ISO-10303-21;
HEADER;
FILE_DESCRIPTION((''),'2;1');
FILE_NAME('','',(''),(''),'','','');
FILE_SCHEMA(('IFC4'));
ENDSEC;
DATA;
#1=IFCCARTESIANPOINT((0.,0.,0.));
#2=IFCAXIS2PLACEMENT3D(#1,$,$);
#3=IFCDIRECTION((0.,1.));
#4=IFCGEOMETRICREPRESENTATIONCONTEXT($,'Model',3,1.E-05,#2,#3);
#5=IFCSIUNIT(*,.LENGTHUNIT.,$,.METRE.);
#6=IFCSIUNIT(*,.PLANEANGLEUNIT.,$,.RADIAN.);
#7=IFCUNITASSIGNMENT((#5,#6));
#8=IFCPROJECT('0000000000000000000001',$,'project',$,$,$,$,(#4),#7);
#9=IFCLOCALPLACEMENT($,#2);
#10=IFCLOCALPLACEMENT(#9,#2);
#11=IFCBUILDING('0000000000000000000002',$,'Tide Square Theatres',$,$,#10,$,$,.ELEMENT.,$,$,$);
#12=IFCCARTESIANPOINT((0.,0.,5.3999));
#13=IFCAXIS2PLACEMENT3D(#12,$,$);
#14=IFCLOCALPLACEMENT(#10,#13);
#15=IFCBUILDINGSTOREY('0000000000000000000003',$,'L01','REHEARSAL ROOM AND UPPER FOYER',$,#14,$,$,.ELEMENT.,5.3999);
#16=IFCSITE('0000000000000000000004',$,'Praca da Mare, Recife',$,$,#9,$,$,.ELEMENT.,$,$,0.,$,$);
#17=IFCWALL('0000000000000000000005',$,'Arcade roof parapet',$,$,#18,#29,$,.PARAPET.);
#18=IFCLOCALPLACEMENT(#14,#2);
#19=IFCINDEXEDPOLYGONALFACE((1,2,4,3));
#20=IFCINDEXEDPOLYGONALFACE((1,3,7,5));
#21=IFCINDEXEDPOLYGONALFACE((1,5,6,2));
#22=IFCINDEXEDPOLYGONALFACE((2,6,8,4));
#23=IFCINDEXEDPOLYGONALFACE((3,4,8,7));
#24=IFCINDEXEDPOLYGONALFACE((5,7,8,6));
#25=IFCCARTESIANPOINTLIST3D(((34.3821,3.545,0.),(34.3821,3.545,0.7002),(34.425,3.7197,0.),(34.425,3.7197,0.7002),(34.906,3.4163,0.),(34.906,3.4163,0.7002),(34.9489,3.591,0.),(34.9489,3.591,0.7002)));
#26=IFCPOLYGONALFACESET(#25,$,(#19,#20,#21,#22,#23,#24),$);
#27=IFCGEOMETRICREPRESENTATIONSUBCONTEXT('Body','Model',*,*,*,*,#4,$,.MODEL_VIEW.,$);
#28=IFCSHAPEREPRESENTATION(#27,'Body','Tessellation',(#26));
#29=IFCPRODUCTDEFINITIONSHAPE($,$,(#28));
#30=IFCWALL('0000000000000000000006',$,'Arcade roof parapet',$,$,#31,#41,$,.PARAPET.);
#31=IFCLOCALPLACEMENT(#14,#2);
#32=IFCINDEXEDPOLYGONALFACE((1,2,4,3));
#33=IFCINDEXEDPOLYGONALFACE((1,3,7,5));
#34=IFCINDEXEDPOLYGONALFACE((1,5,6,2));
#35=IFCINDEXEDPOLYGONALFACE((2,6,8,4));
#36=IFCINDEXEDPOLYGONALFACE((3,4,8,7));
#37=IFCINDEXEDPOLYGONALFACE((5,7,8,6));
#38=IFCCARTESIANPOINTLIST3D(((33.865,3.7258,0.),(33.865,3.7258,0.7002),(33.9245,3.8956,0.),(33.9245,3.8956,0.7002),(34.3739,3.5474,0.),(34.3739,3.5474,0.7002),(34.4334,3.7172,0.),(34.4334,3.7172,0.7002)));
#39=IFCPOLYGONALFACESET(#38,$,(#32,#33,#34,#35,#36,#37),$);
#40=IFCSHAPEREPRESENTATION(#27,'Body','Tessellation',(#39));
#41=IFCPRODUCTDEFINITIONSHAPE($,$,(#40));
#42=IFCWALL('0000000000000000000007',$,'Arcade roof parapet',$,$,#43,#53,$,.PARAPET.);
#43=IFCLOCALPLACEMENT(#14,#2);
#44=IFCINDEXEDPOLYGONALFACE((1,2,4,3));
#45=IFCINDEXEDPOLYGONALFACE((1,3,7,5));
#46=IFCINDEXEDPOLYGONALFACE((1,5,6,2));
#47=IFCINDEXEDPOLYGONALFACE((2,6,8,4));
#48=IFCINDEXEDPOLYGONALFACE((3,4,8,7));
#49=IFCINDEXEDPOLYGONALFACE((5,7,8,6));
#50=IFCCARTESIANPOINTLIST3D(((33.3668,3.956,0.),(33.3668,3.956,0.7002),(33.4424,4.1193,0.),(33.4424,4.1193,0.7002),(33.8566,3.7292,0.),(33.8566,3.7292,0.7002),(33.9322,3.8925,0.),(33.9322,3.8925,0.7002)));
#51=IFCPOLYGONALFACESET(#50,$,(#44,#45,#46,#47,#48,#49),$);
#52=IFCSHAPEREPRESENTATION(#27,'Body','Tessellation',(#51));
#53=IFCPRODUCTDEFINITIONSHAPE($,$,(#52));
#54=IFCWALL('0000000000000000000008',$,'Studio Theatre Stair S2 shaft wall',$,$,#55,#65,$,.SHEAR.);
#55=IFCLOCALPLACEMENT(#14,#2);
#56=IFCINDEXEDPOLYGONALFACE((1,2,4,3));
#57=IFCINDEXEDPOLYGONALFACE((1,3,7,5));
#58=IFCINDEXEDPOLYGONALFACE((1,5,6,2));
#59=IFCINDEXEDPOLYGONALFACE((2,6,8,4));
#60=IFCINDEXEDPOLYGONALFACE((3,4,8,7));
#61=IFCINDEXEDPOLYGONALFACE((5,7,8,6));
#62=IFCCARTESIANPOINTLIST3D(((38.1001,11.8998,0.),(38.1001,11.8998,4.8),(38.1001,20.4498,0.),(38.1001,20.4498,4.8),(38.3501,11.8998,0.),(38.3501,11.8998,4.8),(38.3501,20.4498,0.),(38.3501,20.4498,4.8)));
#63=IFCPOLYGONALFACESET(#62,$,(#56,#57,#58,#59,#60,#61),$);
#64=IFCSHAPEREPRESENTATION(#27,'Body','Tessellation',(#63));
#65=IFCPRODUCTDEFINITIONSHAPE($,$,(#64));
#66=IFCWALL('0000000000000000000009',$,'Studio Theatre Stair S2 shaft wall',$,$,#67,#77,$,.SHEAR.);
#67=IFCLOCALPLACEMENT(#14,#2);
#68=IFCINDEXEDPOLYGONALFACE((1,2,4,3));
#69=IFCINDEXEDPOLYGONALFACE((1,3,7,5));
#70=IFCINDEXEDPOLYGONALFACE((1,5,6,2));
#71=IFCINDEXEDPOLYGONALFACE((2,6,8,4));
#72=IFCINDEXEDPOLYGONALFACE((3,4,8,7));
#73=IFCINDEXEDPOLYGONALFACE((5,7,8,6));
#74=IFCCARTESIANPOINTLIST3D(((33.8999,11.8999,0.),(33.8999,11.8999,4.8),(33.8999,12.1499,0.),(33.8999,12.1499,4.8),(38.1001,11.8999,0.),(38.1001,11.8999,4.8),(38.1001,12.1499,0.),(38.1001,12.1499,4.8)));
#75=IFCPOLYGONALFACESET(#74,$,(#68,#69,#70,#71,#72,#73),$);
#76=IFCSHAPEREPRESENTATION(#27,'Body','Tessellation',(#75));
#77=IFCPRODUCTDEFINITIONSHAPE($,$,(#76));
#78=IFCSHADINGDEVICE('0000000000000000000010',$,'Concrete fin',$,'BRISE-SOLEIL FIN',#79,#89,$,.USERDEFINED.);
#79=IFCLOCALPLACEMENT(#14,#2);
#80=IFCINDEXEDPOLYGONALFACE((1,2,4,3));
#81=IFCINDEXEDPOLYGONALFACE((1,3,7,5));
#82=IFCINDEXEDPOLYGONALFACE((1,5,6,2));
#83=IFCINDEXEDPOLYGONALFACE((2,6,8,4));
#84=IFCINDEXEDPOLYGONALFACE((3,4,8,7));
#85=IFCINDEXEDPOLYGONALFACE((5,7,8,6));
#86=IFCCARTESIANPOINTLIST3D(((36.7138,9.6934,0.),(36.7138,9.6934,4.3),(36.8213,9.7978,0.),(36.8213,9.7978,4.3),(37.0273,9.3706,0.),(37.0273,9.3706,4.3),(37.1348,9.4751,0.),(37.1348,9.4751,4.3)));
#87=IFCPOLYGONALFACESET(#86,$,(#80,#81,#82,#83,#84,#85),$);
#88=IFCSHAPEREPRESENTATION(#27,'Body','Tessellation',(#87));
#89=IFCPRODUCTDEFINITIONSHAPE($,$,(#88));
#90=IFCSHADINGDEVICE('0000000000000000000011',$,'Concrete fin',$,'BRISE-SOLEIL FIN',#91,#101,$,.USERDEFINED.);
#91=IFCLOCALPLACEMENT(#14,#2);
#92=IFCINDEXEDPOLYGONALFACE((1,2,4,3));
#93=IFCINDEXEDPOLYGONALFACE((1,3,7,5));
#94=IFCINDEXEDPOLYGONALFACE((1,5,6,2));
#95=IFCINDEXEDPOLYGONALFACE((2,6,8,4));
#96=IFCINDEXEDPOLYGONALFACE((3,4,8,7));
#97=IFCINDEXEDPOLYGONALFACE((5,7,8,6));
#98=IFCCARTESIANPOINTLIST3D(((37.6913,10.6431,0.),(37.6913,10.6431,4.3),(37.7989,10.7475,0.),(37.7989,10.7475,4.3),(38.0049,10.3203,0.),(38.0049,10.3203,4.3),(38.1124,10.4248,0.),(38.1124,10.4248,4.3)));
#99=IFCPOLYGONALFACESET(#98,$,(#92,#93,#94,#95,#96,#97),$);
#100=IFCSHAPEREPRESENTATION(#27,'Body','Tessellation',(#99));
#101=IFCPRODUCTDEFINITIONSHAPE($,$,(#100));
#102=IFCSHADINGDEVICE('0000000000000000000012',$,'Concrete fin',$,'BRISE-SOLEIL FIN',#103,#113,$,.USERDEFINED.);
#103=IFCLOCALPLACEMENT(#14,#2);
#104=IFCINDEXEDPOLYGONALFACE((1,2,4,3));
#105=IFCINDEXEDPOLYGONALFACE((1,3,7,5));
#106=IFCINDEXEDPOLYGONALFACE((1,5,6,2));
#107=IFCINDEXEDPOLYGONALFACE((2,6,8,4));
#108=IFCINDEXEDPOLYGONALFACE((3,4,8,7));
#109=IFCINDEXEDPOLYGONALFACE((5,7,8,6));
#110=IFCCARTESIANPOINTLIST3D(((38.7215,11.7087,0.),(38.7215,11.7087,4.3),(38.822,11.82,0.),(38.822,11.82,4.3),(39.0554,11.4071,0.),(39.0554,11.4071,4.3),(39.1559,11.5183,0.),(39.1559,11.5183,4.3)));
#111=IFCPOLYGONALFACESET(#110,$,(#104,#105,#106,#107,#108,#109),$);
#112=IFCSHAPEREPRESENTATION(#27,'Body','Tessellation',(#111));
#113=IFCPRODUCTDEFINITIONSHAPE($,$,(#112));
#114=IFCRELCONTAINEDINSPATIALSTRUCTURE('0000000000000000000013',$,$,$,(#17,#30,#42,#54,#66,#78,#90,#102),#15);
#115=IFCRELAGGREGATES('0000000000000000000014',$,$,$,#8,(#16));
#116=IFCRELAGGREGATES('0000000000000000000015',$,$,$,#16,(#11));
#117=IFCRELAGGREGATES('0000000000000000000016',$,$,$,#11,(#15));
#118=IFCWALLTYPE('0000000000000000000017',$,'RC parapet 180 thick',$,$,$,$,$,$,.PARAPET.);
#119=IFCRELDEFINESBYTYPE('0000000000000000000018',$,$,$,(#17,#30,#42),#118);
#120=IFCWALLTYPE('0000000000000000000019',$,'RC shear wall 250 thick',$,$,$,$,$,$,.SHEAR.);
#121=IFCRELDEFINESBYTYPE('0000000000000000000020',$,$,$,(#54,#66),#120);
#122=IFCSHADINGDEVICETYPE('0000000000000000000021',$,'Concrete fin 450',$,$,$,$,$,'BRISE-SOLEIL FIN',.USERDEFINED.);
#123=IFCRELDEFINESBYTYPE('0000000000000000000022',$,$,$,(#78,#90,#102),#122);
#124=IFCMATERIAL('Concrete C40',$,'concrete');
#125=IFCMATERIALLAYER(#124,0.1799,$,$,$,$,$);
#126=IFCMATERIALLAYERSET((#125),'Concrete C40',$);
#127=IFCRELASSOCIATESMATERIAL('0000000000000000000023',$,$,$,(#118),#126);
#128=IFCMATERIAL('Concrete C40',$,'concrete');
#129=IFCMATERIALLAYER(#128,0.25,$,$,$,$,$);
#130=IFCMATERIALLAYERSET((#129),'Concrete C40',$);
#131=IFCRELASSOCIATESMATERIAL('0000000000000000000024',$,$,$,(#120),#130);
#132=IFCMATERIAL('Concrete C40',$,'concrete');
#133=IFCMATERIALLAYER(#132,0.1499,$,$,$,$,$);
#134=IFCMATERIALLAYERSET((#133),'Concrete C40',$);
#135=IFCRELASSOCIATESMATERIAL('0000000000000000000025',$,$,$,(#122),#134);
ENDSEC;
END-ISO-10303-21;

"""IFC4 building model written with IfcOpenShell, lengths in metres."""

from ifc_helpers import new_model, si_unit, direction, frame, frame_2d, origin, origin_2d, place, context, subcontext, project, spatial, rectangle, extrude, material, layer, layer_set, type_object, element, save


model = new_model("IFC4")

# Units and contexts
model_context = context("Model", 3, precision=1e-05, world=origin(), true_north=direction((0.0, 1.0)))
body_context = subcontext(model_context, "Body", "Model", "MODEL_VIEW")
ifc_project = project(units=[si_unit("LENGTHUNIT", "METRE"), si_unit("PLANEANGLEUNIT", "RADIAN")], contexts=[model_context])

# Site, building, storey
site_placement = place(None, origin())
site = spatial("IfcSite", under=ifc_project, at=site_placement, Name="Praca da Mare, Recife", CompositionType="ELEMENT", RefElevation=0.0)
building_placement = place(site_placement, origin())
building = spatial("IfcBuilding", under=site, at=building_placement, Name="Tide Square Theatres", CompositionType="ELEMENT")
storey_placement = place(building_placement, frame((0.0, 0.0, 5.3999)))
storey = spatial("IfcBuildingStorey", under=building, at=storey_placement, Name="L01", Description="REHEARSAL ROOM AND UPPER FOYER", CompositionType="ELEMENT", Elevation=5.3999)

# Walls
ifc_material_1 = material(Name="Concrete C40", Category="concrete")
ifc_layer_1 = layer(ifc_material_1, 0.1799)
ifc_layer_set_1 = layer_set([ifc_layer_1], Name="Concrete C40")
wall_type_1 = type_object("IfcWallType", Name="RC parapet 180 thick", PredefinedType="PARAPET", material=ifc_layer_set_1)
wall_1_placement = place(storey_placement, frame((34.9275, 3.5037, 0.0), z_axis=(0.0, 0.0, 1.0), x_axis=(-0.971146, 0.238487, 0.0)))
element("IfcWall", 1, at=wall_1_placement, inside=storey, type_object=wall_type_1, Name="Arcade roof parapet", PredefinedType="PARAPET", context=body_context, shape_type="SweptSolid", body=[
    extrude(rectangle(XDim=0.5396, YDim=0.1799, at=frame_2d((0.2698, 0.0))), origin(), (0.0, 0.0, 1.0), 0.7002),
])
wall_2_placement = place(storey_placement, frame((34.4036, 3.6323, 0.0), z_axis=(0.0, 0.0, 1.0), x_axis=(-0.943682, 0.330854, 0.0)))
element("IfcWall", 2, at=wall_2_placement, inside=storey, type_object=wall_type_1, Name="Arcade roof parapet", PredefinedType="PARAPET", context=body_context, shape_type="SweptSolid", body=[
    extrude(rectangle(XDim=0.5393, YDim=0.1799, at=frame_2d((0.2695, 0.0))), origin(), (0.0, 0.0, 1.0), 0.7002),
])
wall_3_placement = place(storey_placement, frame((33.8945, 3.8108, 0.0), z_axis=(0.0, 0.0, 1.0), x_axis=(-0.907416, 0.420234, 0.0)))
element("IfcWall", 3, at=wall_3_placement, inside=storey, type_object=wall_type_1, Name="Arcade roof parapet", PredefinedType="PARAPET", context=body_context, shape_type="SweptSolid", body=[
    extrude(rectangle(XDim=0.5398, YDim=0.1799, at=frame_2d((0.27, 0.0))), origin(), (0.0, 0.0, 1.0), 0.7002),
])
ifc_material_2 = material(Name="Concrete C40", Category="concrete")
ifc_layer_2 = layer(ifc_material_2, 0.25)
ifc_layer_set_2 = layer_set([ifc_layer_2], Name="Concrete C40")
wall_type_2 = type_object("IfcWallType", Name="RC shear wall 250 thick", PredefinedType="SHEAR", material=ifc_layer_set_2)
wall_4_placement = place(storey_placement, frame((38.2251, 11.8999, 0.0), z_axis=(0.0, 0.0, 1.0), x_axis=(0.0, 1.0, 0.0)))
element("IfcWall", 4, at=wall_4_placement, inside=storey, type_object=wall_type_2, Name="Studio Theatre Stair S2 shaft wall", PredefinedType="SHEAR", context=body_context, shape_type="SweptSolid", body=[
    extrude(rectangle(XDim=8.55, YDim=0.25, at=frame_2d((4.2749, 0.0))), origin(), (0.0, 0.0, 1.0), 4.8),
])
wall_5_placement = place(storey_placement, frame((38.1001, 12.0249, 0.0), z_axis=(0.0, 0.0, 1.0), x_axis=(-1.0, 0.0, 0.0)))
element("IfcWall", 5, at=wall_5_placement, inside=storey, type_object=wall_type_2, Name="Studio Theatre Stair S2 shaft wall", PredefinedType="SHEAR", context=body_context, shape_type="SweptSolid", body=[
    extrude(rectangle(XDim=4.2002, YDim=0.25, at=frame_2d((2.1001, 0.0))), origin(), (0.0, 0.0, 1.0), 4.8),
])

# Shading devices
ifc_material_3 = material(Name="Concrete C40", Category="concrete")
ifc_layer_3 = layer(ifc_material_3, 0.1499)
ifc_layer_set_3 = layer_set([ifc_layer_3], Name="Concrete C40")
shading_device_type = type_object("IfcShadingDeviceType", Name="Concrete fin 450", ElementType="BRISE-SOLEIL FIN", PredefinedType="USERDEFINED", material=ifc_layer_set_3)
for number, where, z_axis, x_axis, name in (
    (6, (36.9243, 9.5842, 0.0), (0.0, 0.0, 1.0), (0.717263, 0.696802, 0.0), "Concrete fin"),
    (7, (37.9019, 10.5339, 0.0), (0.0, 0.0, 1.0), (0.717263, 0.696802, 0.0), "Concrete fin"),
    (8, (38.9387, 11.6135, 0.0), (0.0, 0.0, 1.0), (0.670362, 0.742034, 0.0), "Concrete fin"),
):
    element("IfcShadingDevice", number, at=place(storey_placement, frame(where, z_axis=z_axis, x_axis=x_axis)), inside=storey, type_object=shading_device_type, Name=name, ObjectType="BRISE-SOLEIL FIN", PredefinedType="USERDEFINED", context=body_context, shape_type="SweptSolid", body=[
        extrude(rectangle(XDim=0.1499, YDim=0.45, at=origin_2d()), origin(), (0.0, 0.0, 1.0), 4.3),
    ])

save(model, "model.ifc")
